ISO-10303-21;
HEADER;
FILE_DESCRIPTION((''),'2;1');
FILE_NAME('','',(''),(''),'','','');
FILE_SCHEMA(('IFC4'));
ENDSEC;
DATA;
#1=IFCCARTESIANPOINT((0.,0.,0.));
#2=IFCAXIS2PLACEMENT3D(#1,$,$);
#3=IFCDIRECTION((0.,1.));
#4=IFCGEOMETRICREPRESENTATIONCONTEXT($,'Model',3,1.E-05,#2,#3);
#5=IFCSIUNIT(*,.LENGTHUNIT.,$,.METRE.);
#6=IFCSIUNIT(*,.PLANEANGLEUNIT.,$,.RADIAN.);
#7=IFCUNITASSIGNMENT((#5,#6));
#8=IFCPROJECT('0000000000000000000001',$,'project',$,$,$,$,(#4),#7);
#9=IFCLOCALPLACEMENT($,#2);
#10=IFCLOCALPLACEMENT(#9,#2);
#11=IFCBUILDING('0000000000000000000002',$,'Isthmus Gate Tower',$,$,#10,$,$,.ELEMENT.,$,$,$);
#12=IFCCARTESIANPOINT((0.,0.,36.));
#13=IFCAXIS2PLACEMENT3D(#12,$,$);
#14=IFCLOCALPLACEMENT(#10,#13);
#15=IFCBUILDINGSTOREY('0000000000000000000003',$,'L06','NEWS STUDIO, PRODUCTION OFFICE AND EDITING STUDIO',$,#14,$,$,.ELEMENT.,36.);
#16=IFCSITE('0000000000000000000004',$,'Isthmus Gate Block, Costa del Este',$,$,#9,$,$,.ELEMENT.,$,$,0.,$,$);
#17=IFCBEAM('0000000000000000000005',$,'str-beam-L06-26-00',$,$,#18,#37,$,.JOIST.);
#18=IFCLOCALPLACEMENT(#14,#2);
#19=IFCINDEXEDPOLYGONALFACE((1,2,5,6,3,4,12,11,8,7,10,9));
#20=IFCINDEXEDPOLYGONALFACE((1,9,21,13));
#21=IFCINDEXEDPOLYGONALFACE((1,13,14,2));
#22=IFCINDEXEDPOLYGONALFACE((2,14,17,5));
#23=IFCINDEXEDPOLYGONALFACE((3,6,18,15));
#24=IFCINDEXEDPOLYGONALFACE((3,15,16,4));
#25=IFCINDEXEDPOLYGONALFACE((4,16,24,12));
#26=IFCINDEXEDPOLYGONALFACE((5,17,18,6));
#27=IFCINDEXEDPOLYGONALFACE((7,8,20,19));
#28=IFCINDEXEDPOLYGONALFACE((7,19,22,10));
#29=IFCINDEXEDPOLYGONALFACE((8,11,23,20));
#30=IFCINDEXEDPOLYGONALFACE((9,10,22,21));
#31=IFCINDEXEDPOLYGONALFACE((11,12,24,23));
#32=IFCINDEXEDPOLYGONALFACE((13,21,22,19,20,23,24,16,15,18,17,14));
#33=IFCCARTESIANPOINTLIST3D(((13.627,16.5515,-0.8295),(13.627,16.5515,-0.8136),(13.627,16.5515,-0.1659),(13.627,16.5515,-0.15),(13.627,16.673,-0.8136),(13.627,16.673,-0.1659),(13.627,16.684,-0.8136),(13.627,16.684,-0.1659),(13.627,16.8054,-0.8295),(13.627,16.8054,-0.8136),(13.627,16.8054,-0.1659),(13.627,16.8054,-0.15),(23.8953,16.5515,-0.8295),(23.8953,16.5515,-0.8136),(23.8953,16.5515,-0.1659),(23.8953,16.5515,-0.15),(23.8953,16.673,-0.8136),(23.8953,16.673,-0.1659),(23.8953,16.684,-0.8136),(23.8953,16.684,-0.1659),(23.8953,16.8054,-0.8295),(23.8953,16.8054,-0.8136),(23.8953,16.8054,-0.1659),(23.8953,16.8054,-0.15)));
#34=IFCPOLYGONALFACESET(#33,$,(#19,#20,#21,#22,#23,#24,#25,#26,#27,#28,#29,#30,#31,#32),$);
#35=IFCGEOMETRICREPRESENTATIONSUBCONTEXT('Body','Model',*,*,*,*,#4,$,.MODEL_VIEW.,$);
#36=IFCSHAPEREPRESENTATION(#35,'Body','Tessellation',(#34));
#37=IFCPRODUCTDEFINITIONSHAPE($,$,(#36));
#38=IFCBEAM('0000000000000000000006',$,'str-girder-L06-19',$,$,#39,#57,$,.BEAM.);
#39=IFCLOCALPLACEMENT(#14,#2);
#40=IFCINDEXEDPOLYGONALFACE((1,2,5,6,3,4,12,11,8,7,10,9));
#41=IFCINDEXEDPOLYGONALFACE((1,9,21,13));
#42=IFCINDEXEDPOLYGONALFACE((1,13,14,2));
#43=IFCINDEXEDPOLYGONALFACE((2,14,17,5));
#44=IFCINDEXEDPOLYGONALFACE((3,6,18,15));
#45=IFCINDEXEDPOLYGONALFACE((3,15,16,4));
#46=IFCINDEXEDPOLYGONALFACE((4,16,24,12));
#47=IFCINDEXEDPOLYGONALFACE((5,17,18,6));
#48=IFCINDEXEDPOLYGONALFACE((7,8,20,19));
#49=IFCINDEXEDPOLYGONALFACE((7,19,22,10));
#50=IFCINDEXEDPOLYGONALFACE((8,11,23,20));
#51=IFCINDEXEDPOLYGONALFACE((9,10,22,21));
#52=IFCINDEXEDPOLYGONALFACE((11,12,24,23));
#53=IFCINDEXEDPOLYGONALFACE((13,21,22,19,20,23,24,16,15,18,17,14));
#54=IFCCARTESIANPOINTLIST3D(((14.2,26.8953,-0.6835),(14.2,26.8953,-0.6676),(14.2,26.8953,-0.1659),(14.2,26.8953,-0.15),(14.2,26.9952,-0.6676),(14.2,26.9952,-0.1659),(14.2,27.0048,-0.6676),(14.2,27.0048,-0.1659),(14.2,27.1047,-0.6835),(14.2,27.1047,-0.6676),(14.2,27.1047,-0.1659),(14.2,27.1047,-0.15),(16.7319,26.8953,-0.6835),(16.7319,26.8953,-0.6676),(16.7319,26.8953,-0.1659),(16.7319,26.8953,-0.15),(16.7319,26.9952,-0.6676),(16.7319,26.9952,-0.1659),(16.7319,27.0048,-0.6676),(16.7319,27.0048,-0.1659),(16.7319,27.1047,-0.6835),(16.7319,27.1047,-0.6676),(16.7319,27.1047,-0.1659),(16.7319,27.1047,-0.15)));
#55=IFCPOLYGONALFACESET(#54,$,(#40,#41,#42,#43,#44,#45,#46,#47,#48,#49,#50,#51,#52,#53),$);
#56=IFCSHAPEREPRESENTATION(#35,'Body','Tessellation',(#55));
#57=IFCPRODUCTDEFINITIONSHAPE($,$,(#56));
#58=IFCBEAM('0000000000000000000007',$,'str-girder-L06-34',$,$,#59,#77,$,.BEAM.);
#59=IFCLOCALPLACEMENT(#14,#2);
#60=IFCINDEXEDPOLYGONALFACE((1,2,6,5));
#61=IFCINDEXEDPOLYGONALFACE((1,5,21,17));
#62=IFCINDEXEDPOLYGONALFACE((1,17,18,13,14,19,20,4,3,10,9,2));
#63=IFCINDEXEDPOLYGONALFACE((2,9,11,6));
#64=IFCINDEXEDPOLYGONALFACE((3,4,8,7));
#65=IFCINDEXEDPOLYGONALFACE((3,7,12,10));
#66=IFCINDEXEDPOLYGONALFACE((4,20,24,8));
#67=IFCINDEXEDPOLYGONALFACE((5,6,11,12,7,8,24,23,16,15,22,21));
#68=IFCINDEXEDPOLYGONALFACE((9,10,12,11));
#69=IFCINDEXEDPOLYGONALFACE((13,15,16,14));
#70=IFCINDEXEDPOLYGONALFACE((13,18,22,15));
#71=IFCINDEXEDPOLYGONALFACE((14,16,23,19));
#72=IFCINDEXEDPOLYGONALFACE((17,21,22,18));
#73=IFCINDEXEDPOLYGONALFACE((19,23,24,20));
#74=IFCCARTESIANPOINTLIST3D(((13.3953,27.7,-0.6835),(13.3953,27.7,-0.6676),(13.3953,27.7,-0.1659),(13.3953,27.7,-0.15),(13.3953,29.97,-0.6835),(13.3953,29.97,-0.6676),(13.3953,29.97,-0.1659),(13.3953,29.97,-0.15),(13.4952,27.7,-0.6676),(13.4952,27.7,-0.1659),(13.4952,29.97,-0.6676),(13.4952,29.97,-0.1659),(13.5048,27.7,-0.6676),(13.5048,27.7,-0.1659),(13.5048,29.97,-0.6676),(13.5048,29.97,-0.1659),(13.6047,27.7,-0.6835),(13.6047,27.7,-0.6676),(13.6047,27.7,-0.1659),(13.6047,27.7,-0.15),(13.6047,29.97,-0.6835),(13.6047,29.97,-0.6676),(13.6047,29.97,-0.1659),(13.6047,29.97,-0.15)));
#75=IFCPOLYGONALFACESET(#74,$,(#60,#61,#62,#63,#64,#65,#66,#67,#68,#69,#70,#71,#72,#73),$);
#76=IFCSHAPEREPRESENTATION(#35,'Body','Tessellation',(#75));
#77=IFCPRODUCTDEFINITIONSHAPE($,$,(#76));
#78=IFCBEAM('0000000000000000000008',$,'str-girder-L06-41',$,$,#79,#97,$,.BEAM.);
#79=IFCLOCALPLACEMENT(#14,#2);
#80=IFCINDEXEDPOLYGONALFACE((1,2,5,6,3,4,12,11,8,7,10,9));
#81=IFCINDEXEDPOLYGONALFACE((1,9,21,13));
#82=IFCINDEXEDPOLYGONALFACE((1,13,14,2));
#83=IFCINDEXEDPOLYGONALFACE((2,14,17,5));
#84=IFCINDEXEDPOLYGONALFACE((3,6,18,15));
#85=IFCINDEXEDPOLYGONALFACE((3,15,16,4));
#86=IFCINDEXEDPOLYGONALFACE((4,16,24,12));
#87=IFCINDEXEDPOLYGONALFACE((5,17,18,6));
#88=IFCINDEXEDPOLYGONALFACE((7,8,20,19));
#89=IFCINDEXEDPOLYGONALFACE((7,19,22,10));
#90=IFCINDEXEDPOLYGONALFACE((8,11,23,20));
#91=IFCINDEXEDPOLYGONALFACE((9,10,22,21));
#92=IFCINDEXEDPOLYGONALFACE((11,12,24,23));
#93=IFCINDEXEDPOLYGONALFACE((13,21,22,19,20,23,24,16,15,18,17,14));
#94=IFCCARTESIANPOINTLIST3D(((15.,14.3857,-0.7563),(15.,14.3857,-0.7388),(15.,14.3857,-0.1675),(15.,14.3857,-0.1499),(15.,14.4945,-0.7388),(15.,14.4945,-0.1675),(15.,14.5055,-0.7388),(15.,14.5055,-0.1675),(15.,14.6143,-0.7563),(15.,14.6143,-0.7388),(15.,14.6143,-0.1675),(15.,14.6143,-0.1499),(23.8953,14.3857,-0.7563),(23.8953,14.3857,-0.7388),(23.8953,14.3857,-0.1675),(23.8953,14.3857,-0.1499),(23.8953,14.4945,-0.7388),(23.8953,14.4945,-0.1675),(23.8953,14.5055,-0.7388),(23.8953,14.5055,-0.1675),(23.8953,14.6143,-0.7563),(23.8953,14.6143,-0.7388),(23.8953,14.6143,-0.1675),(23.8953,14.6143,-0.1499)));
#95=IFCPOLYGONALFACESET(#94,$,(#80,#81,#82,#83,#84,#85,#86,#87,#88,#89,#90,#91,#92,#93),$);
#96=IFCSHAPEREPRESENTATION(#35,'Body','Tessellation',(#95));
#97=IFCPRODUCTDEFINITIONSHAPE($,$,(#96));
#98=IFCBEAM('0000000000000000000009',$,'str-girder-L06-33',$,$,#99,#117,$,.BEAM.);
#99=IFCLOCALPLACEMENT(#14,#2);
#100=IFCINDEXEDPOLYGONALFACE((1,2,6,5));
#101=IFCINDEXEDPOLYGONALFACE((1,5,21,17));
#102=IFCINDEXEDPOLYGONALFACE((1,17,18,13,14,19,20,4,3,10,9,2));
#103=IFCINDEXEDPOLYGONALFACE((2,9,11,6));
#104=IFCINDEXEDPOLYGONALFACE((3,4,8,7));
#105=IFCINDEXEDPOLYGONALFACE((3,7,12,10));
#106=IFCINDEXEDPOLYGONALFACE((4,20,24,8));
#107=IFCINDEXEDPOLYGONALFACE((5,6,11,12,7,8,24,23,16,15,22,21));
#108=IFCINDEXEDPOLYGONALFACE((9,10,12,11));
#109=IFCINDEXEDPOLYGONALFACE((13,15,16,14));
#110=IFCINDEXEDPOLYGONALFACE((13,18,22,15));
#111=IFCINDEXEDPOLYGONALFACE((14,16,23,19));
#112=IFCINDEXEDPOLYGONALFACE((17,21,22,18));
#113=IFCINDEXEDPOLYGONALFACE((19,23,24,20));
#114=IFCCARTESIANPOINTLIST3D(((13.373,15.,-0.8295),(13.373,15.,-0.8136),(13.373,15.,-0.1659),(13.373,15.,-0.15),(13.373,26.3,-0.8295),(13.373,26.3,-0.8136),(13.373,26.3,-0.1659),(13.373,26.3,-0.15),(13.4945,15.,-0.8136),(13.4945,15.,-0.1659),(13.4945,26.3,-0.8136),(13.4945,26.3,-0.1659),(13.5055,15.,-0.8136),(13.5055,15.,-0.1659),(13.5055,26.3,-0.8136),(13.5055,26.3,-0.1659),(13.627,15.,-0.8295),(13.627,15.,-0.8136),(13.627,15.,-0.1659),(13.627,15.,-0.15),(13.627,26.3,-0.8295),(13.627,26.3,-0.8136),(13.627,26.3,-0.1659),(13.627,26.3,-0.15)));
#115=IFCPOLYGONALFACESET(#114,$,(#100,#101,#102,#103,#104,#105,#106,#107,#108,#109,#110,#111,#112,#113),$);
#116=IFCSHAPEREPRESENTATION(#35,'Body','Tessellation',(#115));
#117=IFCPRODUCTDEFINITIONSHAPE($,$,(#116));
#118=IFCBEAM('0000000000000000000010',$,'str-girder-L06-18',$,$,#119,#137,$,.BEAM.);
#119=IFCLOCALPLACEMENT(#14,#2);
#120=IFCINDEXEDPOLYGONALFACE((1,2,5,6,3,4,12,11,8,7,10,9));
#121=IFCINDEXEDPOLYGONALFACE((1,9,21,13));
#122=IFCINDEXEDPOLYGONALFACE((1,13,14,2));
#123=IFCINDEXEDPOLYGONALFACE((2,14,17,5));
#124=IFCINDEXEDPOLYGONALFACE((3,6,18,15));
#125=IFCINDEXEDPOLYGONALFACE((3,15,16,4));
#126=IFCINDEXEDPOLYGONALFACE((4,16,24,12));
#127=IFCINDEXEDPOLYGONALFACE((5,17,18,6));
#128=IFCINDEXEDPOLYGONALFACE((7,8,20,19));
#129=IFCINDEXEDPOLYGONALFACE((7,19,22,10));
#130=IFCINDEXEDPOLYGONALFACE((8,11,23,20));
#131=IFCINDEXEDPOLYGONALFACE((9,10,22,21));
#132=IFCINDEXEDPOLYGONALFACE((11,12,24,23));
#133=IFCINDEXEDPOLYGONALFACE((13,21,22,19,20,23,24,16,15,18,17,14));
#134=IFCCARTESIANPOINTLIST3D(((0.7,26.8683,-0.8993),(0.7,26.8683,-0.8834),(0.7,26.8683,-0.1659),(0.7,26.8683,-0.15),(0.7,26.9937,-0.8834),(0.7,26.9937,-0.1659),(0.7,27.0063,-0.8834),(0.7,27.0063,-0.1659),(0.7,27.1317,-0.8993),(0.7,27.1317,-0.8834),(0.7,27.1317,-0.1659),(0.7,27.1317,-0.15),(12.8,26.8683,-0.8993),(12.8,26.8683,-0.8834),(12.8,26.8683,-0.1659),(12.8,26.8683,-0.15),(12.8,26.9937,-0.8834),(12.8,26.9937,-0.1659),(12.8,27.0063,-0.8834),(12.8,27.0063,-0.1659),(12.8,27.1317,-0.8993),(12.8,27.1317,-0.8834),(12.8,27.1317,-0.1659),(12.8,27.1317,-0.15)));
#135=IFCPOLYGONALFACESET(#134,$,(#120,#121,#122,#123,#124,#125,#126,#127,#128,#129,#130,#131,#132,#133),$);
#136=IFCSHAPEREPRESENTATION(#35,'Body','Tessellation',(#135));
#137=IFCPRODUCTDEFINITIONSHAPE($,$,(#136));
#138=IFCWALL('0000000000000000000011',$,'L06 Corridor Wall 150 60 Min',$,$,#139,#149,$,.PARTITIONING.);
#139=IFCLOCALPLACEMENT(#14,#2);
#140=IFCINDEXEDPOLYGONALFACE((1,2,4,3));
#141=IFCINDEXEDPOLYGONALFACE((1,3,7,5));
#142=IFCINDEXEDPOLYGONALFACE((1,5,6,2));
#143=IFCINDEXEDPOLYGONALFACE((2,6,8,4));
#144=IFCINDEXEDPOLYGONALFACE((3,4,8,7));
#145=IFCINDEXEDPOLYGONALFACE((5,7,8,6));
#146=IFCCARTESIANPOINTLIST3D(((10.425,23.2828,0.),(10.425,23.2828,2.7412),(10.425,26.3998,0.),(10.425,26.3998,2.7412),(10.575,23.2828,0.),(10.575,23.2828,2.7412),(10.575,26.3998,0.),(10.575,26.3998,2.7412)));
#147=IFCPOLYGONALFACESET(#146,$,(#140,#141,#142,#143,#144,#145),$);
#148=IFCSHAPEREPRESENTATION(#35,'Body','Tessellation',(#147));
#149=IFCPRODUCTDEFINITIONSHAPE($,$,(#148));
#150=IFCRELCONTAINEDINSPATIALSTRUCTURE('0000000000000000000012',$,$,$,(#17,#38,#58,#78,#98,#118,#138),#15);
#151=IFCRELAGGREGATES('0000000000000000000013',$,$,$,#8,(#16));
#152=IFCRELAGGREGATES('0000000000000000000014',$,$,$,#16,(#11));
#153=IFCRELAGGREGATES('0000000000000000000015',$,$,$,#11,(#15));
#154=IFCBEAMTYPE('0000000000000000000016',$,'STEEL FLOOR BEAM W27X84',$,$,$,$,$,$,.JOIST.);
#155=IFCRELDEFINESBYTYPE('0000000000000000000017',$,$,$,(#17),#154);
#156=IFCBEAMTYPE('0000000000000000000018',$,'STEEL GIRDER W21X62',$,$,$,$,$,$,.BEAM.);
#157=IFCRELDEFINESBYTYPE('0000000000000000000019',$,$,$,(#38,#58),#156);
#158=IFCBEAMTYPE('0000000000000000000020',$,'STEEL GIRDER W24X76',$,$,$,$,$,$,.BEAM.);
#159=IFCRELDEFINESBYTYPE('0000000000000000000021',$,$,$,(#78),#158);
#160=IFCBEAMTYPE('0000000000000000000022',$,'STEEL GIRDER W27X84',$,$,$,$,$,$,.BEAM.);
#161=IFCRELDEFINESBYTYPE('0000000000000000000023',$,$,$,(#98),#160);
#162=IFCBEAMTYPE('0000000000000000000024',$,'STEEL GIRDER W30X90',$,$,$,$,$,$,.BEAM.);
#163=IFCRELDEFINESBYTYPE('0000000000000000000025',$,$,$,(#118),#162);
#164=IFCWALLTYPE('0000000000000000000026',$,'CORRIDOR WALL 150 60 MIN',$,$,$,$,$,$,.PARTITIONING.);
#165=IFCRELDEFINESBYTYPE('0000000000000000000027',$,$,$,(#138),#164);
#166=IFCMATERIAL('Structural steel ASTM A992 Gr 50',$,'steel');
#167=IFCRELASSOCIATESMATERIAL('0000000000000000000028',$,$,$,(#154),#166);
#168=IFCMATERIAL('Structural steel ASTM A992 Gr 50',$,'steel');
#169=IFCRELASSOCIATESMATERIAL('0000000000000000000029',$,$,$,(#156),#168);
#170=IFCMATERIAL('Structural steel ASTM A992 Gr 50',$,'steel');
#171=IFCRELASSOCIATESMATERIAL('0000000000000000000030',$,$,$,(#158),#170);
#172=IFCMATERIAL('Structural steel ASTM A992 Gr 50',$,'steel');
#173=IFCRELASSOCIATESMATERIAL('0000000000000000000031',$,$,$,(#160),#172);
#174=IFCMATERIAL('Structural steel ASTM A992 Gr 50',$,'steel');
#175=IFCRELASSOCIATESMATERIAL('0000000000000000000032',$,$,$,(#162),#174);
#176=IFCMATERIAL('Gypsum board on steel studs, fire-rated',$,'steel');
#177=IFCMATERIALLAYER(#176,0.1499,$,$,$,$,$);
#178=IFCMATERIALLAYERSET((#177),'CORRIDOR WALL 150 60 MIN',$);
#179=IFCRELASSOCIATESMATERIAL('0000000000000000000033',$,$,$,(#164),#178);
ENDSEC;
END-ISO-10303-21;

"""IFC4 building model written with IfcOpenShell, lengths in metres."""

from ifc_helpers import new_model, si_unit, direction, frame, frame_2d, origin, origin_2d, place, context, subcontext, project, spatial, rectangle, i_section, extrude, material, layer, layer_set, material_profile, profile_set, type_object, element, save


model = new_model("IFC4")

# Units and contexts
model_context = context("Model", 3, precision=1e-05, world=origin(), true_north=direction((0.0, 1.0)))
body_context = subcontext(model_context, "Body", "Model", "MODEL_VIEW")
ifc_project = project(units=[si_unit("LENGTHUNIT", "METRE"), si_unit("PLANEANGLEUNIT", "RADIAN")], contexts=[model_context])

# Site, building, storey
site_placement = place(None, origin())
site = spatial("IfcSite", under=ifc_project, at=site_placement, Name="Isthmus Gate Block, Costa del Este", CompositionType="ELEMENT", RefElevation=0.0)
building_placement = place(site_placement, origin())
building = spatial("IfcBuilding", under=site, at=building_placement, Name="Isthmus Gate Tower", CompositionType="ELEMENT")
storey_placement = place(building_placement, frame((0.0, 0.0, 36.0)))
storey = spatial("IfcBuildingStorey", under=building, at=storey_placement, Name="L06", Description="NEWS STUDIO, PRODUCTION OFFICE AND EDITING STUDIO", CompositionType="ELEMENT", Elevation=36.0)

# Beams
ifc_material_1 = material(Name="Structural steel ASTM A992 Gr 50", Category="steel")
ifc_material_profile_1 = material_profile(ifc_material_1, i_section(OverallWidth=0.2539, OverallDepth=0.6794, WebThickness=0.011, FlangeThickness=0.0159, at=origin_2d()), Name="W27X84")
ifc_profile_set_1 = profile_set([ifc_material_profile_1], Name="Structural steel ASTM A992 Gr 50")
beam_type_1 = type_object("IfcBeamType", Name="STEEL FLOOR BEAM W27X84", PredefinedType="JOIST", material=ifc_profile_set_1)
beam_1_placement = place(storey_placement, frame((13.627, 16.6785, -0.4897), z_axis=(1.0, 0.0, 0.0), x_axis=(0.0, 1.0, 0.0)))
element("IfcBeam", 1, at=beam_1_placement, inside=storey, type_object=beam_type_1, Name="str-beam-L06-26-00", PredefinedType="JOIST", context=body_context, shape_type="SweptSolid", body=[
    extrude(i_section(OverallWidth=0.2539, OverallDepth=0.6794, WebThickness=0.011, FlangeThickness=0.0159, at=origin_2d()), origin(), (0.0, 0.0, 1.0), 10.2683),
])
ifc_material_2 = material(Name="Structural steel ASTM A992 Gr 50", Category="steel")
ifc_material_profile_2 = material_profile(ifc_material_2, i_section(OverallWidth=0.2095, OverallDepth=0.5334, WebThickness=0.0095, FlangeThickness=0.0159, at=origin_2d()), Name="W21X62")
ifc_profile_set_2 = profile_set([ifc_material_profile_2], Name="Structural steel ASTM A992 Gr 50")
beam_type_2 = type_object("IfcBeamType", Name="STEEL GIRDER W21X62", PredefinedType="BEAM", material=ifc_profile_set_2)
beam_2_placement = place(storey_placement, frame((14.2, 27.0, -0.4167), z_axis=(1.0, 0.0, 0.0), x_axis=(0.0, 1.0, 0.0)))
element("IfcBeam", 2, at=beam_2_placement, inside=storey, type_object=beam_type_2, Name="str-girder-L06-19", PredefinedType="BEAM", context=body_context, shape_type="SweptSolid", body=[
    extrude(i_section(OverallWidth=0.2095, OverallDepth=0.5334, WebThickness=0.0095, FlangeThickness=0.0159, at=origin_2d()), origin(), (0.0, 0.0, 1.0), 2.532),
])
beam_3_placement = place(storey_placement, frame((13.5, 27.7, -0.4167), z_axis=(0.0, 1.0, 0.0), x_axis=(-1.0, 0.0, 0.0)))
element("IfcBeam", 3, at=beam_3_placement, inside=storey, type_object=beam_type_2, Name="str-girder-L06-34", PredefinedType="BEAM", context=body_context, shape_type="SweptSolid", body=[
    extrude(i_section(OverallWidth=0.2095, OverallDepth=0.5334, WebThickness=0.0095, FlangeThickness=0.0159, at=origin_2d()), origin(), (0.0, 0.0, 1.0), 2.27),
])
ifc_material_3 = material(Name="Structural steel ASTM A992 Gr 50", Category="steel")
ifc_material_profile_3 = material_profile(ifc_material_3, i_section(OverallWidth=0.2285, OverallDepth=0.6064, WebThickness=0.011, FlangeThickness=0.0176, at=origin_2d()), Name="W24X76")
ifc_profile_set_3 = profile_set([ifc_material_profile_3], Name="Structural steel ASTM A992 Gr 50")
beam_type_3 = type_object("IfcBeamType", Name="STEEL GIRDER W24X76", PredefinedType="BEAM", material=ifc_profile_set_3)
beam_4_placement = place(storey_placement, frame((15.0, 14.5, -0.4531), z_axis=(1.0, 0.0, 0.0), x_axis=(0.0, 1.0, 0.0)))
element("IfcBeam", 4, at=beam_4_placement, inside=storey, type_object=beam_type_3, Name="str-girder-L06-41", PredefinedType="BEAM", context=body_context, shape_type="SweptSolid", body=[
    extrude(i_section(OverallWidth=0.2285, OverallDepth=0.6064, WebThickness=0.011, FlangeThickness=0.0176, at=origin_2d()), origin(), (0.0, 0.0, 1.0), 8.8953),
])
ifc_material_4 = material(Name="Structural steel ASTM A992 Gr 50", Category="steel")
ifc_material_profile_4 = material_profile(ifc_material_4, i_section(OverallWidth=0.2539, OverallDepth=0.6794, WebThickness=0.011, FlangeThickness=0.0159, at=origin_2d()), Name="W27X84")
ifc_profile_set_4 = profile_set([ifc_material_profile_4], Name="Structural steel ASTM A992 Gr 50")
beam_type_4 = type_object("IfcBeamType", Name="STEEL GIRDER W27X84", PredefinedType="BEAM", material=ifc_profile_set_4)
beam_5_placement = place(storey_placement, frame((13.5, 15.0, -0.4897), z_axis=(0.0, 1.0, 0.0), x_axis=(-1.0, 0.0, 0.0)))
element("IfcBeam", 5, at=beam_5_placement, inside=storey, type_object=beam_type_4, Name="str-girder-L06-33", PredefinedType="BEAM", context=body_context, shape_type="SweptSolid", body=[
    extrude(i_section(OverallWidth=0.2539, OverallDepth=0.6794, WebThickness=0.011, FlangeThickness=0.0159, at=origin_2d()), origin(), (0.0, 0.0, 1.0), 11.3),
])
ifc_material_5 = material(Name="Structural steel ASTM A992 Gr 50", Category="steel")
ifc_material_profile_5 = material_profile(ifc_material_5, i_section(OverallWidth=0.2634, OverallDepth=0.7493, WebThickness=0.0127, FlangeThickness=0.0159, at=origin_2d()), Name="W30X90")
ifc_profile_set_5 = profile_set([ifc_material_profile_5], Name="Structural steel ASTM A992 Gr 50")
beam_type_5 = type_object("IfcBeamType", Name="STEEL GIRDER W30X90", PredefinedType="BEAM", material=ifc_profile_set_5)
beam_6_placement = place(storey_placement, frame((0.7, 27.0, -0.5247), z_axis=(1.0, 0.0, 0.0), x_axis=(0.0, 1.0, 0.0)))
element("IfcBeam", 6, at=beam_6_placement, inside=storey, type_object=beam_type_5, Name="str-girder-L06-18", PredefinedType="BEAM", context=body_context, shape_type="SweptSolid", body=[
    extrude(i_section(OverallWidth=0.2634, OverallDepth=0.7493, WebThickness=0.0127, FlangeThickness=0.0159, at=origin_2d()), origin(), (0.0, 0.0, 1.0), 12.1001),
])

# Wall
ifc_material_6 = material(Name="Gypsum board on steel studs, fire-rated", Category="steel")
ifc_layer_1 = layer(ifc_material_6, 0.1499)
ifc_layer_set_1 = layer_set([ifc_layer_1], Name="CORRIDOR WALL 150 60 MIN")
wall_type_1 = type_object("IfcWallType", Name="CORRIDOR WALL 150 60 MIN", PredefinedType="PARTITIONING", material=ifc_layer_set_1)
wall_1_placement = place(storey_placement, frame((10.5, 26.3999, 0.0), z_axis=(0.0, 0.0, 1.0), x_axis=(0.0, -1.0, 0.0)))
element("IfcWall", 7, at=wall_1_placement, inside=storey, type_object=wall_type_1, Name="L06 Corridor Wall 150 60 Min", PredefinedType="PARTITIONING", context=body_context, shape_type="SweptSolid", body=[
    extrude(rectangle(XDim=3.1169, YDim=0.1499, at=frame_2d((1.5586, 0.0))), origin(), (0.0, 0.0, 1.0), 2.7412),
])

save(model, "model.ifc")
